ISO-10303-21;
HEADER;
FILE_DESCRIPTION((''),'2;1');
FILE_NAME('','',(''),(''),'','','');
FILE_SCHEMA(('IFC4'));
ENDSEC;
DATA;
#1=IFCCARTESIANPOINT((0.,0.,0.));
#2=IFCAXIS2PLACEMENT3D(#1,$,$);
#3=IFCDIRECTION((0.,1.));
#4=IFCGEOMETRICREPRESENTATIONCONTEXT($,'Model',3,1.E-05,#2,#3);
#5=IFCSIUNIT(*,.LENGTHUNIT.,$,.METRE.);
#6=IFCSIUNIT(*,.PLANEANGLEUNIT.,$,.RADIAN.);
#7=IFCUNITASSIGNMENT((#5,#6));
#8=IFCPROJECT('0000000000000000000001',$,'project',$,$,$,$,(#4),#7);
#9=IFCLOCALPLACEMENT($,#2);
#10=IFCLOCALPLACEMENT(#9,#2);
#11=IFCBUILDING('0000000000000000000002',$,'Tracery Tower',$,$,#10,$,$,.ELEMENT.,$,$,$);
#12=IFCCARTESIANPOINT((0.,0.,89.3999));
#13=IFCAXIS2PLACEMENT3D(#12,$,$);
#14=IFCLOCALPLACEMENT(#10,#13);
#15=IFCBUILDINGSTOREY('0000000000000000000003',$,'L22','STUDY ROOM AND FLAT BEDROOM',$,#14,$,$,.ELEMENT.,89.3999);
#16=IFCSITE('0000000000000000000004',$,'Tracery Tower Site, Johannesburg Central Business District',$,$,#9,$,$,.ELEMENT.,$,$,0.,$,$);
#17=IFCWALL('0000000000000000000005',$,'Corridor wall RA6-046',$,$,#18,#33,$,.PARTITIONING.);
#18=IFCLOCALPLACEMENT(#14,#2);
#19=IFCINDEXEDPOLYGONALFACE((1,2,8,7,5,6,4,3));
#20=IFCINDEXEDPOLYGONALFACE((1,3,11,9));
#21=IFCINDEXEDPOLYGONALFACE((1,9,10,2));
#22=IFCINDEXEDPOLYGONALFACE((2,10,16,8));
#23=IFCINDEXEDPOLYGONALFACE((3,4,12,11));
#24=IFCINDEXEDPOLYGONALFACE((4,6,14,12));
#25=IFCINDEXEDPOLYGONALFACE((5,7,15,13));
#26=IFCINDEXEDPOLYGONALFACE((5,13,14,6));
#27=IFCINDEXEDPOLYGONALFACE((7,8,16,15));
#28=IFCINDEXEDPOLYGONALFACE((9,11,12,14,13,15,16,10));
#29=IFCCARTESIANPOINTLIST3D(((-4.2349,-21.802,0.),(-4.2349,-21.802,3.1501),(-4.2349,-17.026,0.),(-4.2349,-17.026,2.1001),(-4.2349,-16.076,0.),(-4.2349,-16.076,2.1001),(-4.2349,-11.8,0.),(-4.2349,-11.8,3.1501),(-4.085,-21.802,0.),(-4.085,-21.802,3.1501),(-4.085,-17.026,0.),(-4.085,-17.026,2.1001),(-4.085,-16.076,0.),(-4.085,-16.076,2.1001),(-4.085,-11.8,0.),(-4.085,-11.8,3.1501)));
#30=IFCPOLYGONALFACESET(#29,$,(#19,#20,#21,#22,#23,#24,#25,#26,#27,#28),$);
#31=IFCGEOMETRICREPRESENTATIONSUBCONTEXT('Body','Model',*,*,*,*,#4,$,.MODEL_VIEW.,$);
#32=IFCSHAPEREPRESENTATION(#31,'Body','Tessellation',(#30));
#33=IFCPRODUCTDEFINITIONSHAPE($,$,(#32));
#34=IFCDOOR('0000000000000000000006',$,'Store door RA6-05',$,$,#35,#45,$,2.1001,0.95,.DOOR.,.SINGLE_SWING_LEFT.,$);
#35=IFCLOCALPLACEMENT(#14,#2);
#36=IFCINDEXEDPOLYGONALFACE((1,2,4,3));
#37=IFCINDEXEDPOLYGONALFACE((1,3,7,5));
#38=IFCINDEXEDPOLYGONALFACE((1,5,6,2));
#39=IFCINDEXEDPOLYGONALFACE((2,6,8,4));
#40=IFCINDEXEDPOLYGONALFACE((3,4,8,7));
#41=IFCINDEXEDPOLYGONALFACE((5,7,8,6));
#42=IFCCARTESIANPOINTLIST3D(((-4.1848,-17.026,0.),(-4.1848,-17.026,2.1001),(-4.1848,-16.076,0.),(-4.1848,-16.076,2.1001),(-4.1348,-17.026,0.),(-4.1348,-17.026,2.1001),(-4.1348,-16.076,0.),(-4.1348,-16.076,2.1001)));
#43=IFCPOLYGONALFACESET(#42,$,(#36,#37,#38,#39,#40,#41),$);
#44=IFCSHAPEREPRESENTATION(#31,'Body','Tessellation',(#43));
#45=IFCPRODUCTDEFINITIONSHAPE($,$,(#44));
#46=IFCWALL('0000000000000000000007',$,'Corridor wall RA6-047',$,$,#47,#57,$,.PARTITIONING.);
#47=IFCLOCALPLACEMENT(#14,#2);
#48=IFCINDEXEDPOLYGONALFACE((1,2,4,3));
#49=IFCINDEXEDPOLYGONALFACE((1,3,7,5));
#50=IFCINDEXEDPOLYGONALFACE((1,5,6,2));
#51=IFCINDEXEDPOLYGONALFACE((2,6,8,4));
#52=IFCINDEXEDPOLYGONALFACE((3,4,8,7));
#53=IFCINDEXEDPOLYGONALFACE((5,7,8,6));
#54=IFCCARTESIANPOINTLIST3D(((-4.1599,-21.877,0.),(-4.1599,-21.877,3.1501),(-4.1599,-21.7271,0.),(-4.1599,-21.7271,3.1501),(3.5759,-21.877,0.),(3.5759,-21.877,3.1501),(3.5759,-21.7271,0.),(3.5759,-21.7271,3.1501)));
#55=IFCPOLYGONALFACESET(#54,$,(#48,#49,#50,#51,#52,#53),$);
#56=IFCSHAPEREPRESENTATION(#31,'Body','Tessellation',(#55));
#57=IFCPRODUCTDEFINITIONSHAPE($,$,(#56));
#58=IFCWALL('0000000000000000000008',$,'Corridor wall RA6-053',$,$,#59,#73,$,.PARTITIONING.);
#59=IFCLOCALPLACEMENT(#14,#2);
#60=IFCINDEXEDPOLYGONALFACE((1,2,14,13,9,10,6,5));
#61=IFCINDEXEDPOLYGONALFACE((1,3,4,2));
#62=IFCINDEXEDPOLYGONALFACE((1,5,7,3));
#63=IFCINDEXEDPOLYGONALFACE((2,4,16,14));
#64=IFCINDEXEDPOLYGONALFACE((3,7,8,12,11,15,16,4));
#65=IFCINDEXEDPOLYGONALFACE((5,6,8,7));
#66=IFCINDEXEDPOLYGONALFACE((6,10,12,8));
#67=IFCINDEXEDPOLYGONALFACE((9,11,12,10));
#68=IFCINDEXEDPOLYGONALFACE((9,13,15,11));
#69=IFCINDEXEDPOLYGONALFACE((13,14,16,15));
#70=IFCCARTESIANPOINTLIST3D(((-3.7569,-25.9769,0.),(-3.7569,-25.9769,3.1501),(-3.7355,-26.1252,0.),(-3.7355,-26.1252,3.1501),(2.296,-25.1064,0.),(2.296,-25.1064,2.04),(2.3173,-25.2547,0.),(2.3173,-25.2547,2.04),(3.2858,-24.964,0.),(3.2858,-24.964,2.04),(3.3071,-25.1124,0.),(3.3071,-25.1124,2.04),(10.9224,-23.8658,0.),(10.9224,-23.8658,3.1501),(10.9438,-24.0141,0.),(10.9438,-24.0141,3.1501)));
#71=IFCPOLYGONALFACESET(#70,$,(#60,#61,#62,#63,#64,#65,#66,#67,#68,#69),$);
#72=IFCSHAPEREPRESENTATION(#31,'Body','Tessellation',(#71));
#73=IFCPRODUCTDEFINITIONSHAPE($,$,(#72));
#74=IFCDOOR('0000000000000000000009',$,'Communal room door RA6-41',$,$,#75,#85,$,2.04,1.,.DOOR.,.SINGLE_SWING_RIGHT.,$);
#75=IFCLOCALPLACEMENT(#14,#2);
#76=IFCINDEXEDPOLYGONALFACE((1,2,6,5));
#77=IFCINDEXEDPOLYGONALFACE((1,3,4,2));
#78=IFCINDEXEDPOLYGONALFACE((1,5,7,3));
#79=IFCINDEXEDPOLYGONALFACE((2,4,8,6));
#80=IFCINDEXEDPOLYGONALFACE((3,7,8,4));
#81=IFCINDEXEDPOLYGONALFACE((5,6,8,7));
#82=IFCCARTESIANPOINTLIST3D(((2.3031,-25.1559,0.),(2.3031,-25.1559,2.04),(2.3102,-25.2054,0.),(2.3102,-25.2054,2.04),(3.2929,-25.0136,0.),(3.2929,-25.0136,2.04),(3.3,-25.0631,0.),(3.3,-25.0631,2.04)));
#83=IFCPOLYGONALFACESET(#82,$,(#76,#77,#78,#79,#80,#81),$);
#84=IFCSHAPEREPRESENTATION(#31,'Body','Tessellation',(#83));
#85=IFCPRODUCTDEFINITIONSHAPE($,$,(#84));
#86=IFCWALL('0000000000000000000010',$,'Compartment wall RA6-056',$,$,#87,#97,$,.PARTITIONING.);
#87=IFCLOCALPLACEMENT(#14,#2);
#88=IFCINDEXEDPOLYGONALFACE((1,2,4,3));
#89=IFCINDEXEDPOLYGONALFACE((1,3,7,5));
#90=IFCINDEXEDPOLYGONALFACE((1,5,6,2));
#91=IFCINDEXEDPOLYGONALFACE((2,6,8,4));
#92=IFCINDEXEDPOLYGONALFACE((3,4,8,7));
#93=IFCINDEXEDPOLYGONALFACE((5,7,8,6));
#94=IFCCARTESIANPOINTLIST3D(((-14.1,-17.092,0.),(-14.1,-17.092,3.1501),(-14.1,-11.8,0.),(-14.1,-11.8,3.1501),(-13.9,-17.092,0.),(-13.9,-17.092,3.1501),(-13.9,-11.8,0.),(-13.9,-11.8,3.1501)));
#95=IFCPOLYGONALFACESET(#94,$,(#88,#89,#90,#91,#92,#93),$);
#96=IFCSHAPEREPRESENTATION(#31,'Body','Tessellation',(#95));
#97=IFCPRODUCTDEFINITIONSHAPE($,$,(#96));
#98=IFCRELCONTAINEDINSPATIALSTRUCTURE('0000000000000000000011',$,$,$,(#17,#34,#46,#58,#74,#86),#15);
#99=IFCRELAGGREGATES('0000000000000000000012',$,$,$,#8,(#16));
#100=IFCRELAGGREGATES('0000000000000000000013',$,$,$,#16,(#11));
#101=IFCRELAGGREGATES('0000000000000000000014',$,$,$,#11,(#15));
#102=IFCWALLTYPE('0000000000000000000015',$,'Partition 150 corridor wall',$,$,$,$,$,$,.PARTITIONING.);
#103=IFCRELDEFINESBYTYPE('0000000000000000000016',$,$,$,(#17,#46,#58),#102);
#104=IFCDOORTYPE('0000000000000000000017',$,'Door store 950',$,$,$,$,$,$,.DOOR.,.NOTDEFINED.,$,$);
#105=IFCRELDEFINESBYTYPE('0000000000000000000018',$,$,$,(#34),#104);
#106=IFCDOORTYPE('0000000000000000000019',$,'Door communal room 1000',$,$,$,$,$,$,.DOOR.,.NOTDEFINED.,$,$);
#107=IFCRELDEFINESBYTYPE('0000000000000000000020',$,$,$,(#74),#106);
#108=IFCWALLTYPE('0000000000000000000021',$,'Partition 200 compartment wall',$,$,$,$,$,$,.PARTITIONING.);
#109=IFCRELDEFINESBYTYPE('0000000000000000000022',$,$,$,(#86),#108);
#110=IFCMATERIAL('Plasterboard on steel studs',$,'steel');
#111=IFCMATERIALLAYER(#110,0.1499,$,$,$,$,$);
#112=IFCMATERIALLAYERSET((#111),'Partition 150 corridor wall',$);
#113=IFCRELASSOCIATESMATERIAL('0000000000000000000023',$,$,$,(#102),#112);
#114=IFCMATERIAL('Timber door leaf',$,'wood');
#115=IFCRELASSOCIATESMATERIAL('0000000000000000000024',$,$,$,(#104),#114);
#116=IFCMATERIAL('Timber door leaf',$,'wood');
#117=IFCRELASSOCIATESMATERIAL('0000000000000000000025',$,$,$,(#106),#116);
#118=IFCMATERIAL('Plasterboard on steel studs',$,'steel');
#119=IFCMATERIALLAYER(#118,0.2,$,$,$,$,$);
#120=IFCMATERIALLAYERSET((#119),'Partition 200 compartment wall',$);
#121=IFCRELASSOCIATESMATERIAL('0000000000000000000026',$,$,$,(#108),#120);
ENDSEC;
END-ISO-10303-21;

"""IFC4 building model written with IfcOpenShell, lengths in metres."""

from ifc_helpers import new_model, si_unit, direction, frame, frame_2d, origin, place, context, subcontext, project, spatial, rectangle, extrude, material, layer, layer_set, type_object, element, fill, save


model = new_model("IFC4")

# Units and contexts
model_context = context("Model", 3, precision=1e-05, world=origin(), true_north=direction((0.0, 1.0)))
body_context = subcontext(model_context, "Body", "Model", "MODEL_VIEW")
ifc_project = project(units=[si_unit("LENGTHUNIT", "METRE"), si_unit("PLANEANGLEUNIT", "RADIAN")], contexts=[model_context])

# Site, building, storey
site_placement = place(None, origin())
site = spatial("IfcSite", under=ifc_project, at=site_placement, Name="Tracery Tower Site, Johannesburg Central Business District", CompositionType="ELEMENT", RefElevation=0.0)
building_placement = place(site_placement, origin())
building = spatial("IfcBuilding", under=site, at=building_placement, Name="Tracery Tower", CompositionType="ELEMENT")
storey_placement = place(building_placement, frame((0.0, 0.0, 89.3999)))
storey = spatial("IfcBuildingStorey", under=building, at=storey_placement, Name="L22", Description="STUDY ROOM AND FLAT BEDROOM", CompositionType="ELEMENT", Elevation=89.3999)

# Shared definitions
ifc_material_1 = material(Name="Plasterboard on steel studs", Category="steel")
ifc_layer_1 = layer(ifc_material_1, 0.1499)
ifc_layer_set_1 = layer_set([ifc_layer_1], Name="Partition 150 corridor wall")
wall_type_1 = type_object("IfcWallType", Name="Partition 150 corridor wall", PredefinedType="PARTITIONING", material=ifc_layer_set_1)

# Wall, opening, door
ifc_material_2 = material(Name="Timber door leaf", Category="wood")
door_type_1 = type_object("IfcDoorType", Name="Door store 950", OperationType="NOTDEFINED", PredefinedType="DOOR", material=ifc_material_2)
wall_1_placement = place(storey_placement, frame((-4.1599, -21.802, 0.0), z_axis=(0.0, 0.0, 1.0), x_axis=(0.0, 1.0, 0.0)))
wall_1 = element("IfcWall", 1, at=wall_1_placement, inside=storey, type_object=wall_type_1, Name="Corridor wall RA6-046", PredefinedType="PARTITIONING", context=body_context, shape_type="SweptSolid", body=[
    extrude(rectangle(XDim=10.002, YDim=0.1499, at=frame_2d((5.001, 0.0))), origin(), (0.0, 0.0, 1.0), 3.1501),
])
opening_1_placement = place(wall_1_placement, frame((4.7759, 0.0, 0.0)))
opening_1 = element("IfcOpeningElement", 2, at=opening_1_placement, cuts=wall_1, PredefinedType="OPENING", context=body_context, shape_type="SweptSolid", body=[
    extrude(rectangle(XDim=0.95, YDim=2.1001, at=frame_2d((0.4751, 1.05))), frame((0.0, 0.075, 0.0), z_axis=(0.0, -1.0, 0.0), x_axis=(1.0, 0.0, 0.0)), (0.0, 0.0, 1.0), 0.1499),
])
door_1_placement = place(opening_1_placement, origin())
door_1 = element("IfcDoor", 3, at=door_1_placement, inside=storey, type_object=door_type_1, Name="Store door RA6-05", OperationType="SINGLE_SWING_LEFT", OverallHeight=2.1001, OverallWidth=0.95, PredefinedType="DOOR", context=body_context, shape_type="SweptSolid", body=[
    extrude(rectangle(XDim=0.95, YDim=2.1001, at=frame_2d((0.4751, 1.05))), frame((0.0, 0.0249, 0.0), z_axis=(0.0, -1.0, 0.0), x_axis=(1.0, 0.0, 0.0)), (0.0, 0.0, 1.0), 0.05),
])
fill(opening_1, door_1)

# Wall
wall_2_placement = place(storey_placement, frame((-4.1599, -21.802, 0.0), z_axis=(0.0, 0.0, 1.0), x_axis=(1.0, 0.0, 0.0)))
element("IfcWall", 4, at=wall_2_placement, inside=storey, type_object=wall_type_1, Name="Corridor wall RA6-047", PredefinedType="PARTITIONING", context=body_context, shape_type="SweptSolid", body=[
    extrude(rectangle(XDim=7.7358, YDim=0.1499, at=frame_2d((3.8679, 0.0))), origin(), (0.0, 0.0, 1.0), 3.1501),
])

# Wall, opening, door
wall_3_placement = place(storey_placement, frame((-3.7461, -26.051, 0.0), z_axis=(0.0, 0.0, 1.0), x_axis=(0.989816, 0.14235, 0.0)))
wall_3 = element("IfcWall", 5, at=wall_3_placement, inside=storey, type_object=wall_type_1, Name="Corridor wall RA6-053", PredefinedType="PARTITIONING", context=body_context, shape_type="SweptSolid", body=[
    extrude(rectangle(XDim=14.8303, YDim=0.1499, at=frame_2d((7.415, 0.0))), origin(), (0.0, 0.0, 1.0), 3.1501),
])
opening_2_placement = place(wall_3_placement, frame((6.115, 0.0, 0.0)))
opening_2 = element("IfcOpeningElement", 6, at=opening_2_placement, cuts=wall_3, PredefinedType="OPENING", context=body_context, shape_type="SweptSolid", body=[
    extrude(rectangle(XDim=1.0, YDim=2.04, at=frame_2d((0.5, 1.02))), frame((0.0, 0.075, 0.0), z_axis=(0.0, -1.0, 0.0), x_axis=(1.0, 0.0, 0.0)), (0.0, 0.0, 1.0), 0.1499),
])
ifc_material_3 = material(Name="Timber door leaf", Category="wood")
door_type_2 = type_object("IfcDoorType", Name="Door communal room 1000", OperationType="NOTDEFINED", PredefinedType="DOOR", material=ifc_material_3)
door_2_placement = place(opening_2_placement, origin())
door_2 = element("IfcDoor", 7, at=door_2_placement, inside=storey, type_object=door_type_2, Name="Communal room door RA6-41", OperationType="SINGLE_SWING_RIGHT", OverallHeight=2.04, OverallWidth=1.0, PredefinedType="DOOR", context=body_context, shape_type="SweptSolid", body=[
    extrude(rectangle(XDim=1.0, YDim=2.04, at=frame_2d((0.5, 1.02))), frame((0.0, 0.0249, 0.0), z_axis=(0.0, -1.0, 0.0), x_axis=(1.0, 0.0, 0.0)), (0.0, 0.0, 1.0), 0.05),
])
fill(opening_2, door_2)

# Wall
ifc_material_4 = material(Name="Plasterboard on steel studs", Category="steel")
ifc_layer_2 = layer(ifc_material_4, 0.2)
ifc_layer_set_2 = layer_set([ifc_layer_2], Name="Partition 200 compartment wall")
wall_type_2 = type_object("IfcWallType", Name="Partition 200 compartment wall", PredefinedType="PARTITIONING", material=ifc_layer_set_2)
wall_4_placement = place(storey_placement, frame((-14.0, -17.092, 0.0), z_axis=(0.0, 0.0, 1.0), x_axis=(0.0, 1.0, 0.0)))
element("IfcWall", 8, at=wall_4_placement, inside=storey, type_object=wall_type_2, Name="Compartment wall RA6-056", PredefinedType="PARTITIONING", context=body_context, shape_type="SweptSolid", body=[
    extrude(rectangle(XDim=5.292, YDim=0.2, at=frame_2d((2.646, 0.0))), origin(), (0.0, 0.0, 1.0), 3.1501),
])

save(model, "model.ifc")
